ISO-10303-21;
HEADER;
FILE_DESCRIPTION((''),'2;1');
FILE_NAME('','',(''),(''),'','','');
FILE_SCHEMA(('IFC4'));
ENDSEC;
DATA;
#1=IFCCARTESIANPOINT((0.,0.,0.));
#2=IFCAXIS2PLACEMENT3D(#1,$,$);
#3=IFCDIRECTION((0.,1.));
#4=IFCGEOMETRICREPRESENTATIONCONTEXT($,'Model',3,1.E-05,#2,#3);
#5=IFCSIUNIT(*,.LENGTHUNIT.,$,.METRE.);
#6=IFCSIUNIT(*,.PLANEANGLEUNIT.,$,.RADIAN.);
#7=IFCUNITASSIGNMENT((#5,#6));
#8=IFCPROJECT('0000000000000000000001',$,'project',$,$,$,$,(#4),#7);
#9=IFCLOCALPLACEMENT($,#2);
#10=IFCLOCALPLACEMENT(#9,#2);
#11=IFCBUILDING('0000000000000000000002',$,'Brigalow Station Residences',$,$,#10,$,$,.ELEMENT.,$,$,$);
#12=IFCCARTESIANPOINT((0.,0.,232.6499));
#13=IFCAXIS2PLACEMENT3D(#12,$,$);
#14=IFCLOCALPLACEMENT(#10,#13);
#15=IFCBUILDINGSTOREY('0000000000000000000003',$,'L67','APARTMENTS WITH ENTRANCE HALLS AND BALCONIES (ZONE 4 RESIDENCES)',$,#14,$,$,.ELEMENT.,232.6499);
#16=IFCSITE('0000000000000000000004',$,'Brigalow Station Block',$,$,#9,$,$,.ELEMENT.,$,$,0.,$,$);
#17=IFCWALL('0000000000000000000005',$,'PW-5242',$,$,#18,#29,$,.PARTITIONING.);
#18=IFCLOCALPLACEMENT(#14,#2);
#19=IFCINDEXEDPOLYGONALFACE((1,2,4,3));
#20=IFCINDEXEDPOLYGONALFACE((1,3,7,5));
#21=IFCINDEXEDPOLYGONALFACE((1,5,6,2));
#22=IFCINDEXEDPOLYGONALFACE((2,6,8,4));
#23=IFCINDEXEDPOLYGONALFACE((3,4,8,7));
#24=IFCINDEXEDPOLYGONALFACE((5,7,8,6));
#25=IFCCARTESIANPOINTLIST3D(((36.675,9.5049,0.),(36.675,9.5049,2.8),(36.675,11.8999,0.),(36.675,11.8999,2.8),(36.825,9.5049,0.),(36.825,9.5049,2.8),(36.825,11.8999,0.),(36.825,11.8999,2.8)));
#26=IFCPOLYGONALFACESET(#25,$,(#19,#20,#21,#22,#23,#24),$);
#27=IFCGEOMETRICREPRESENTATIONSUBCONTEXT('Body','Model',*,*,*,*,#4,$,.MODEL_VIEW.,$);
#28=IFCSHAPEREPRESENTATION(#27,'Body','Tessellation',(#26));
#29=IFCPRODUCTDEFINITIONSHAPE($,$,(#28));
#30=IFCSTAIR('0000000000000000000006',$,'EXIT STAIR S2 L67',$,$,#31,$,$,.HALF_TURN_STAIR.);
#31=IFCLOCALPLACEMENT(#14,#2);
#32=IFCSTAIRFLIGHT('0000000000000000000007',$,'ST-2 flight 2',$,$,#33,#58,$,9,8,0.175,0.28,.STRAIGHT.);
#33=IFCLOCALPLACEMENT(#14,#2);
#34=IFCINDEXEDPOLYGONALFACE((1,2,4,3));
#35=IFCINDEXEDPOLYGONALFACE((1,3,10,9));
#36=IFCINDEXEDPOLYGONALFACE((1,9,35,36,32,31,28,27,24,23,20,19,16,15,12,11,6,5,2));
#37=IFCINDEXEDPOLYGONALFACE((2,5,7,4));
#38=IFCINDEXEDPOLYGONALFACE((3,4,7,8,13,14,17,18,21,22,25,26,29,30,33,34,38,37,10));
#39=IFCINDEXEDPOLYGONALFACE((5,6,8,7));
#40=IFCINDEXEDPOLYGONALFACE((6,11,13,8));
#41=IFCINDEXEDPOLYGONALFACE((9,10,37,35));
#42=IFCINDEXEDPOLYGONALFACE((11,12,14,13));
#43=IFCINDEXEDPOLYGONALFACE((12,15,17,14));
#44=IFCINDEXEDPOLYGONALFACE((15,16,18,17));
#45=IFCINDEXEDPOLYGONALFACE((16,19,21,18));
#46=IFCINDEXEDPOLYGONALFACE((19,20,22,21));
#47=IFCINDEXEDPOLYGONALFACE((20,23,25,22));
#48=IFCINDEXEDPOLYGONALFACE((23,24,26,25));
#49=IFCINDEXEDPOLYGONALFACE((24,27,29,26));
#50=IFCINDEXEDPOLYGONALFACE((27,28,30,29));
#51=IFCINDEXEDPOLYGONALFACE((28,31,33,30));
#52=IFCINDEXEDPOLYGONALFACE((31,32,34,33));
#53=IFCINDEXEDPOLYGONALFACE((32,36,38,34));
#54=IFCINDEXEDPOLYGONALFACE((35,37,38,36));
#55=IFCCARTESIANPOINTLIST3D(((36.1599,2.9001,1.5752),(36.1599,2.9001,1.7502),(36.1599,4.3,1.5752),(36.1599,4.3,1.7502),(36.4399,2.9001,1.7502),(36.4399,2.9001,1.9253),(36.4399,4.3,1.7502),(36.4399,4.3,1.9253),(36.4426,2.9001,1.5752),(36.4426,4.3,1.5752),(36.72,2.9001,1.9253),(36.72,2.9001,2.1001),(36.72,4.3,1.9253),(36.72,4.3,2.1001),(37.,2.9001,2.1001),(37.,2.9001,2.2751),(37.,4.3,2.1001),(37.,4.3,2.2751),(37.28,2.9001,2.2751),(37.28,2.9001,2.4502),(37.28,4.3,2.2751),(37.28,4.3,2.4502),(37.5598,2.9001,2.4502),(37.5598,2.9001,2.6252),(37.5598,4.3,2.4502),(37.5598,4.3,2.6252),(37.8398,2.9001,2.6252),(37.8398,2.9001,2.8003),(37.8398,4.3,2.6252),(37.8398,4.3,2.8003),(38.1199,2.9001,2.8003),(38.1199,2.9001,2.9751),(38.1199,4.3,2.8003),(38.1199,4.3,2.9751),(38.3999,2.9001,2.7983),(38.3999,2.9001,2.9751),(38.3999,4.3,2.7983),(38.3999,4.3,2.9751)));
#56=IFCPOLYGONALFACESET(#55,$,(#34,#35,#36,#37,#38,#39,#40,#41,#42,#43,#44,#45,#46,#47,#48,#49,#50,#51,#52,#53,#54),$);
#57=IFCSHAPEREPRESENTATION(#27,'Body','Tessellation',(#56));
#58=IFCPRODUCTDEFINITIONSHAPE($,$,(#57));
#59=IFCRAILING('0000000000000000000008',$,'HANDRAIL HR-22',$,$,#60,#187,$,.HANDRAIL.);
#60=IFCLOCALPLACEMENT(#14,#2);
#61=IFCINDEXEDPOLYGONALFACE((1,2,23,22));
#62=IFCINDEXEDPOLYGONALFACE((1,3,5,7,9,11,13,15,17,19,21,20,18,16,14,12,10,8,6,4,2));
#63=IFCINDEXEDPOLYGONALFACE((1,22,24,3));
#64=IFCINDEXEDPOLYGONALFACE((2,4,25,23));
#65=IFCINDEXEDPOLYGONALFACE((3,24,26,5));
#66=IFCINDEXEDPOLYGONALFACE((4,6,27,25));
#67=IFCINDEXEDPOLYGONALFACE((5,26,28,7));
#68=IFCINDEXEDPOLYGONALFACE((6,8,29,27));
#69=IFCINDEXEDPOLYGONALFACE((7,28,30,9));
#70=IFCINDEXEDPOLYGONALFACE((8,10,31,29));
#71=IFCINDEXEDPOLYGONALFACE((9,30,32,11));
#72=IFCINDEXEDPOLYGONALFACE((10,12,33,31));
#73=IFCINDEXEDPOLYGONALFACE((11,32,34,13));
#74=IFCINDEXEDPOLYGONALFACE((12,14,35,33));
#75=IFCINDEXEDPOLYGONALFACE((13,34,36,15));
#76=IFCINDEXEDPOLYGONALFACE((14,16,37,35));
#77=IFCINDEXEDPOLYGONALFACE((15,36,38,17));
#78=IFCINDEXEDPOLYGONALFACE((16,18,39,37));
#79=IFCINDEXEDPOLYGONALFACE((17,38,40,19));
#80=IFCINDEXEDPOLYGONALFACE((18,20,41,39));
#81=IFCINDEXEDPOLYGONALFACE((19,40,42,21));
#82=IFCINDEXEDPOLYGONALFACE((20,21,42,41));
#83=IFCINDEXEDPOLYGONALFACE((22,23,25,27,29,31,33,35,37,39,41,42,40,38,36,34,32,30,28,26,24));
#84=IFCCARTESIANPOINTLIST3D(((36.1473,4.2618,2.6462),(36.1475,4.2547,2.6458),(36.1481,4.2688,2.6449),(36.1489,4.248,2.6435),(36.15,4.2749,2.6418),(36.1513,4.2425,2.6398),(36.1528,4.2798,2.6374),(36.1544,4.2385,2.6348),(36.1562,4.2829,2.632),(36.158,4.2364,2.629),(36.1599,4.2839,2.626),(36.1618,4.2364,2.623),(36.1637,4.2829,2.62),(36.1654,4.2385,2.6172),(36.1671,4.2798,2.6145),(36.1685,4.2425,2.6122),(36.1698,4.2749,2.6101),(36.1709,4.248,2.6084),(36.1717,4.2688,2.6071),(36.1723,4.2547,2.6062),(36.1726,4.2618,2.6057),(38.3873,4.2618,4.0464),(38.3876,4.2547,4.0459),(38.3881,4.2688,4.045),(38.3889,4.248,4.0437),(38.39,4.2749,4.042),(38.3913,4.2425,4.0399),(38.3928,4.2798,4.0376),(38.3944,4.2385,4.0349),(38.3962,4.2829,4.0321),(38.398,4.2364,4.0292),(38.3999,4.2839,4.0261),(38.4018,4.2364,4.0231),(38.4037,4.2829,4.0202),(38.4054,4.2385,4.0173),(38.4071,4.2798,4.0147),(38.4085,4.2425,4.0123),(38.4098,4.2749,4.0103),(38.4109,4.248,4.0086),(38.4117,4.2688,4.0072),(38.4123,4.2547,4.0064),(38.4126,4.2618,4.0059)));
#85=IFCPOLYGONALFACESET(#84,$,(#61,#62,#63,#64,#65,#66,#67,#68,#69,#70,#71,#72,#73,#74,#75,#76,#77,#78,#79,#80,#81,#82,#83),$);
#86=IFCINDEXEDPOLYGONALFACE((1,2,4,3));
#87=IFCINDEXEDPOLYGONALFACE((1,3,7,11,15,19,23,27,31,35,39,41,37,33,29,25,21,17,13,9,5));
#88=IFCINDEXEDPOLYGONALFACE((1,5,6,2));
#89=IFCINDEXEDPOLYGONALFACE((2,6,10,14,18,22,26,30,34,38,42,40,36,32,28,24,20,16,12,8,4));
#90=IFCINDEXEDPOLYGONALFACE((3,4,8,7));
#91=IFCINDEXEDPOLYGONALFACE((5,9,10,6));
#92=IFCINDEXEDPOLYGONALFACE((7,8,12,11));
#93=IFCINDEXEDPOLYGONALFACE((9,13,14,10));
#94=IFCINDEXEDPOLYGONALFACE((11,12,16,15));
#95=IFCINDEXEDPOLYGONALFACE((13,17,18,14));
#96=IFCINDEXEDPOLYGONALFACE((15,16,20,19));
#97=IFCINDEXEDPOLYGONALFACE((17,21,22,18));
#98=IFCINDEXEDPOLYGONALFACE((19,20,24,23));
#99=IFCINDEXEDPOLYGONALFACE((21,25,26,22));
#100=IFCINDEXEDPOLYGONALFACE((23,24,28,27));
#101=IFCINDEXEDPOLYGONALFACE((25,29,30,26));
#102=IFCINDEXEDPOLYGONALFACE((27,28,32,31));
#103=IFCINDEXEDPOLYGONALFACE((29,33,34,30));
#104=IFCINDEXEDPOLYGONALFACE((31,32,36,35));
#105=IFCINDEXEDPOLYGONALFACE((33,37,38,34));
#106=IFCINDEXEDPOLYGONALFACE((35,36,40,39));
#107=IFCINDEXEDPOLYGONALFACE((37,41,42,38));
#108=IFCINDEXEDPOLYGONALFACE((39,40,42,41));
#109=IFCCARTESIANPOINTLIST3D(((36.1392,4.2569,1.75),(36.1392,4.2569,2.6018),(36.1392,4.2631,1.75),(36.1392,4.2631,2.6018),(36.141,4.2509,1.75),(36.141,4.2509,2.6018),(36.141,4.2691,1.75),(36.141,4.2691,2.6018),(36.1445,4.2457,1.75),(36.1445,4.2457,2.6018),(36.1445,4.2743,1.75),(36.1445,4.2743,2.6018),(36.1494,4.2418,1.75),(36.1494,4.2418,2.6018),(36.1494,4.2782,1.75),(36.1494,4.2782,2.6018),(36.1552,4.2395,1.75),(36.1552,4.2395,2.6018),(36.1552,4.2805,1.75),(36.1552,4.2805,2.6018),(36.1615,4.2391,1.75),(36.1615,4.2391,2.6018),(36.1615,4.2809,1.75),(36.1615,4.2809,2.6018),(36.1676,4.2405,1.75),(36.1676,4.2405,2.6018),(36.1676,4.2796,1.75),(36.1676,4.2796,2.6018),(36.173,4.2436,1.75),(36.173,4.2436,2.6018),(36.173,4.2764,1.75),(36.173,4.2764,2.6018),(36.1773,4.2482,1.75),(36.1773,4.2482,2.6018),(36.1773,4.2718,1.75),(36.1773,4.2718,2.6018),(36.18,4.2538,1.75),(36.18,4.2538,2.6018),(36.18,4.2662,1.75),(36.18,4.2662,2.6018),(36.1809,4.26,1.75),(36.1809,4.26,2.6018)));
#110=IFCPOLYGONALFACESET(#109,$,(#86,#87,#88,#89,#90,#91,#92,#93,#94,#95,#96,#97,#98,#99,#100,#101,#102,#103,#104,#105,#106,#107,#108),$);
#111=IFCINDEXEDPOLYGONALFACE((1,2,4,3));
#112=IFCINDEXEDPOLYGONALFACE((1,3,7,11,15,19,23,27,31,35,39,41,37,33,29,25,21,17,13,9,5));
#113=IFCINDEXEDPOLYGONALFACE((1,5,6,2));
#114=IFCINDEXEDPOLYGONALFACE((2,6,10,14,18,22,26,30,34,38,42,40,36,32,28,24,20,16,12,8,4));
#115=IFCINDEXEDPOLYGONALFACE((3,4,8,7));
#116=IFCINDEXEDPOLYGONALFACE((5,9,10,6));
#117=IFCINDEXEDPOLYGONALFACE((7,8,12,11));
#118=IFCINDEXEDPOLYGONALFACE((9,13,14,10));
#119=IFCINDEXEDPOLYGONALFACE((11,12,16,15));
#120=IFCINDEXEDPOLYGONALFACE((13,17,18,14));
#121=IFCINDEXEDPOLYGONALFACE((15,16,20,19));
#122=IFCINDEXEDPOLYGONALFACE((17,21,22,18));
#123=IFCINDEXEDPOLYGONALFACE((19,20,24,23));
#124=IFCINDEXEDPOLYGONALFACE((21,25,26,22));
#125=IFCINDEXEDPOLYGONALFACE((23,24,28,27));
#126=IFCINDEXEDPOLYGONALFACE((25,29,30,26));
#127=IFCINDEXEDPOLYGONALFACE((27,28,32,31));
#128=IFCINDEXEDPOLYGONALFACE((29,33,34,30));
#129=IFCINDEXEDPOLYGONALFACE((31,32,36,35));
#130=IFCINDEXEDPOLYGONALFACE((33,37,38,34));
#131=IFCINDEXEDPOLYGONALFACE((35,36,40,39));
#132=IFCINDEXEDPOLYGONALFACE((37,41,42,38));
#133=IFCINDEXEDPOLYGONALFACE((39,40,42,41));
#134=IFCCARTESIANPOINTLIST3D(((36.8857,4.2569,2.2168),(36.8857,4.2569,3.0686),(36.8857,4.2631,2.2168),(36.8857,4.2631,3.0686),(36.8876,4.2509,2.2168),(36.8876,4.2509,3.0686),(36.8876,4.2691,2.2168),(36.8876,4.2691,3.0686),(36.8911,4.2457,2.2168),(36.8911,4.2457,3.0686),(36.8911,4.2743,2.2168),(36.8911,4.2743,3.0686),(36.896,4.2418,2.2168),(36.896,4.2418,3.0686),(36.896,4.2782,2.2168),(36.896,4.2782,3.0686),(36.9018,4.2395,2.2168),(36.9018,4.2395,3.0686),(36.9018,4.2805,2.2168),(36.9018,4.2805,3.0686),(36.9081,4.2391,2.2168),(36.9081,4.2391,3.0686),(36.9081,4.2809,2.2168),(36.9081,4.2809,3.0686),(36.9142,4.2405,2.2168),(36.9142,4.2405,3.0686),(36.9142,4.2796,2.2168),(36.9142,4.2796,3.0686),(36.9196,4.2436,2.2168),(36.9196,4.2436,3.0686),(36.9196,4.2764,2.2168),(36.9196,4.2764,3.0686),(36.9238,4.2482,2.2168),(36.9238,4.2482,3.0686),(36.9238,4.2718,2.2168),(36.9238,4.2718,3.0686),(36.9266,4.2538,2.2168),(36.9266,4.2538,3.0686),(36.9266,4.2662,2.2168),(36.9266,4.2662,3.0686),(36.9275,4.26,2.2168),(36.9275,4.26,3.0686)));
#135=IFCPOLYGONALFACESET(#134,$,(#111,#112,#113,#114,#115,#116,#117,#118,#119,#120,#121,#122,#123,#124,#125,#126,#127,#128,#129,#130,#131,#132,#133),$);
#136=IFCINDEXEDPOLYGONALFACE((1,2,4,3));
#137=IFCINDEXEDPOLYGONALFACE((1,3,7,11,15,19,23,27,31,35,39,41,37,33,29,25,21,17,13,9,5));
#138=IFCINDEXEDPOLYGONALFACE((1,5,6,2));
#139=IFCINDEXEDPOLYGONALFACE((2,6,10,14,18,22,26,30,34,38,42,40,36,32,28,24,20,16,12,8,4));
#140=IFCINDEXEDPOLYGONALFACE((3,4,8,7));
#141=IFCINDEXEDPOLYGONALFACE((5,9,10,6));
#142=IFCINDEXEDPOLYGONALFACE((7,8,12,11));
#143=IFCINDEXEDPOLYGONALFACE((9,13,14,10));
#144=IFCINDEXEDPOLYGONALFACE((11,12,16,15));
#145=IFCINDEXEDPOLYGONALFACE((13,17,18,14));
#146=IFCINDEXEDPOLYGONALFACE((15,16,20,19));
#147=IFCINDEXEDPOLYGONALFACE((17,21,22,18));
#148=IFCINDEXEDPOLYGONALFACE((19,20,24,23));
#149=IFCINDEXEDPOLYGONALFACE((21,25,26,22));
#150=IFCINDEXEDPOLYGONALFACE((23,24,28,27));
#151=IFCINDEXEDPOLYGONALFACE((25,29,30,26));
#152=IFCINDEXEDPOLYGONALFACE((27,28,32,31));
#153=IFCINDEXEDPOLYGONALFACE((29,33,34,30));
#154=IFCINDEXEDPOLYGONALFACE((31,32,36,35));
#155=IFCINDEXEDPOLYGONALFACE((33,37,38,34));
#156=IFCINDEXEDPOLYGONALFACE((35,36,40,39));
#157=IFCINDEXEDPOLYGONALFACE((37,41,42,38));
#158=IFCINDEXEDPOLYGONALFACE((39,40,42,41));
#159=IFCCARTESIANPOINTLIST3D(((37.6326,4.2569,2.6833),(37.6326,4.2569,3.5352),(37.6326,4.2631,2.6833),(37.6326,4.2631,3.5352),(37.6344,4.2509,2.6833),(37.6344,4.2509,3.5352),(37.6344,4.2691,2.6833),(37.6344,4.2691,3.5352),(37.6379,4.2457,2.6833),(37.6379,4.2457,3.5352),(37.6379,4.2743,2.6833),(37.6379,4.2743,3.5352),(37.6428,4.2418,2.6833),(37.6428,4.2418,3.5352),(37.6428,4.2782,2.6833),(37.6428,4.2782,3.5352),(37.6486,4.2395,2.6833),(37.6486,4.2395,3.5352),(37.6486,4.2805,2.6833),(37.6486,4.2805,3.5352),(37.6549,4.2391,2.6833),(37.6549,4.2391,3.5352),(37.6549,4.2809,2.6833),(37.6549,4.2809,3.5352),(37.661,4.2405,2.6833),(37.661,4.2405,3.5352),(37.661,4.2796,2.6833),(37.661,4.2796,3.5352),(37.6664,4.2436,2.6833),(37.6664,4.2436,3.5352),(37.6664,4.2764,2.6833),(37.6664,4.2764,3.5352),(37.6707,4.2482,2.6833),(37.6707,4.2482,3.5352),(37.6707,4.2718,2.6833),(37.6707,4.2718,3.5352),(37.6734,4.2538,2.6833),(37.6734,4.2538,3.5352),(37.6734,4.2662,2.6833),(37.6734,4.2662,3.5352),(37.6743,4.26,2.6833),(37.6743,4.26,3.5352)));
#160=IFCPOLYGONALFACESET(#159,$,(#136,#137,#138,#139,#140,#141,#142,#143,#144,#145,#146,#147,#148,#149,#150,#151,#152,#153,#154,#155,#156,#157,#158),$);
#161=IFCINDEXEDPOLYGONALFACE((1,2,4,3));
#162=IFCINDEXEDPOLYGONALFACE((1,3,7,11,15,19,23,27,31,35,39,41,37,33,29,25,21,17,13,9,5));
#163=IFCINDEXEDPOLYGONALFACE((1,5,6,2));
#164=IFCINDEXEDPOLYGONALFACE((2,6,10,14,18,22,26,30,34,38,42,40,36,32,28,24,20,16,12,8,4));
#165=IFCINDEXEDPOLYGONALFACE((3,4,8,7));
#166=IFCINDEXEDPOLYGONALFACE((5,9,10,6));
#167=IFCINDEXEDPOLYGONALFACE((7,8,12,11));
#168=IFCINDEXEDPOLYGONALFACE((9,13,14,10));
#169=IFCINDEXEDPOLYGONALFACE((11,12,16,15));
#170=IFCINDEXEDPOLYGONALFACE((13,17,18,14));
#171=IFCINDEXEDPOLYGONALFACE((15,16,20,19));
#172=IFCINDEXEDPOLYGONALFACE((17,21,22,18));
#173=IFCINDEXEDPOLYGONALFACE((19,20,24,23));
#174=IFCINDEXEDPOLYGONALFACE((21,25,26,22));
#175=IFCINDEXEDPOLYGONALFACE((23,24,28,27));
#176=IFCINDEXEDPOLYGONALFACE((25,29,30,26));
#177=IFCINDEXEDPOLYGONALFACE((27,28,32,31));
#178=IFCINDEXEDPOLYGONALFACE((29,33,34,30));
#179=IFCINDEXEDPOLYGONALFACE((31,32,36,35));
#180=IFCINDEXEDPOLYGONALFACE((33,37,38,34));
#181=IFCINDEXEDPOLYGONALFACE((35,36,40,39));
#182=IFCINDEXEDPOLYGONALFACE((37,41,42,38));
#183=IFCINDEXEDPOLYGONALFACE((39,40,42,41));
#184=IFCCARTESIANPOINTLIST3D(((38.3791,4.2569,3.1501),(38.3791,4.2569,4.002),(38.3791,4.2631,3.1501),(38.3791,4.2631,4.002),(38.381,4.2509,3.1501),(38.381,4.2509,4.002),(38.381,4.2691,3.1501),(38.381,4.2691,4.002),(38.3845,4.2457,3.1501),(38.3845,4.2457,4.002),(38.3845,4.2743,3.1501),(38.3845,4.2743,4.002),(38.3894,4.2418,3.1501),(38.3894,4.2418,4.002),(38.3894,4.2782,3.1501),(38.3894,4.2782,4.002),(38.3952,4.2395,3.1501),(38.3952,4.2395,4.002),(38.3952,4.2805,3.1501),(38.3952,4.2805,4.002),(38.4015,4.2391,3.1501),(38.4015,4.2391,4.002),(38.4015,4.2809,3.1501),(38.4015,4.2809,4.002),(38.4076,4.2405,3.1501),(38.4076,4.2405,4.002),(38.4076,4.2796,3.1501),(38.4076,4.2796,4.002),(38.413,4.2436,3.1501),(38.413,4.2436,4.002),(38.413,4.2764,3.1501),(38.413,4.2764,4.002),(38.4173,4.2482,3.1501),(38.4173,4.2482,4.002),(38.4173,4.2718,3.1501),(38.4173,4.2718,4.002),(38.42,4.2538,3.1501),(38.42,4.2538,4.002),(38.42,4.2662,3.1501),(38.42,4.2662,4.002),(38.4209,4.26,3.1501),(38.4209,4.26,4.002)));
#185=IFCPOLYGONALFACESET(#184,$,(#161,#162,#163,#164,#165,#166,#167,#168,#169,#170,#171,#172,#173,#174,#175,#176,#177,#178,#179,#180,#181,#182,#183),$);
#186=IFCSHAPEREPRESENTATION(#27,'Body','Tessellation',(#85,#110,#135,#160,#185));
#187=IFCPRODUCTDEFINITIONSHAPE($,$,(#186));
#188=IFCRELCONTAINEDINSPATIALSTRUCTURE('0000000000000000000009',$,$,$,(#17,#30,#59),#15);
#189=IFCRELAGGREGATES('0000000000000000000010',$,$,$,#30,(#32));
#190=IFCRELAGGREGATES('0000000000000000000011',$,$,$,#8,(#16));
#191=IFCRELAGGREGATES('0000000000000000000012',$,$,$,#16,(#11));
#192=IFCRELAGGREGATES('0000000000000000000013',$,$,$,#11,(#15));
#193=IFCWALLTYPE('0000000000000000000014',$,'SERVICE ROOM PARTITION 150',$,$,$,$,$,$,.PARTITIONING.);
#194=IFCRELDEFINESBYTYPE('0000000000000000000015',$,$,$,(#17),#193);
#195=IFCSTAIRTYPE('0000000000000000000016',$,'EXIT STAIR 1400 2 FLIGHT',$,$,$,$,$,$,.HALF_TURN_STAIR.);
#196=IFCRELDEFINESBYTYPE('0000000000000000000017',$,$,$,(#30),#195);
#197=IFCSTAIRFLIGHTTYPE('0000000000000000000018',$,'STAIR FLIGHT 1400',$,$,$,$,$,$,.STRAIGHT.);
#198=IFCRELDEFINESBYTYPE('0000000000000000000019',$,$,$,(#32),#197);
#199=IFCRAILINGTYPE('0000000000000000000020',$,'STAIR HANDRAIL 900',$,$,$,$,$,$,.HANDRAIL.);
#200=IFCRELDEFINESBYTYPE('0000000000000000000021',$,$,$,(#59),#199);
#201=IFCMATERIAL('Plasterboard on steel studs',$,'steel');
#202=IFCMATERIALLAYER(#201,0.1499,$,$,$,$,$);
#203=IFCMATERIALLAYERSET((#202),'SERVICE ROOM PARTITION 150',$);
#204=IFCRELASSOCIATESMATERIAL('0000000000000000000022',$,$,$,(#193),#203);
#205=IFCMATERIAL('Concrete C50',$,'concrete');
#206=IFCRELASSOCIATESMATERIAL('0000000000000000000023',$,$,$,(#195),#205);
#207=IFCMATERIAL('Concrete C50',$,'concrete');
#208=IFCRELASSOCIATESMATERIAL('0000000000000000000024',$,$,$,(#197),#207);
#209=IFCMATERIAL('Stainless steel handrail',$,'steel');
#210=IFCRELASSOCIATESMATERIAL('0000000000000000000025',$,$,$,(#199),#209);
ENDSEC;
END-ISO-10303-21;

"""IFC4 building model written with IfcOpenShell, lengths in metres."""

from ifc_helpers import new_model, si_unit, direction, frame, frame_2d, origin, origin_2d, place, context, subcontext, project, spatial, polyline, rectangle, circle, outline, extrude, material, layer, layer_set, type_object, element, aggregate, save


model = new_model("IFC4")

# Units and contexts
model_context = context("Model", 3, precision=1e-05, world=origin(), true_north=direction((0.0, 1.0)))
body_context = subcontext(model_context, "Body", "Model", "MODEL_VIEW")
ifc_project = project(units=[si_unit("LENGTHUNIT", "METRE"), si_unit("PLANEANGLEUNIT", "RADIAN")], contexts=[model_context])

# Site, building, storey
site_placement = place(None, origin())
site = spatial("IfcSite", under=ifc_project, at=site_placement, Name="Brigalow Station Block", CompositionType="ELEMENT", RefElevation=0.0)
building_placement = place(site_placement, origin())
building = spatial("IfcBuilding", under=site, at=building_placement, Name="Brigalow Station Residences", CompositionType="ELEMENT")
storey_placement = place(building_placement, frame((0.0, 0.0, 232.6499)))
storey = spatial("IfcBuildingStorey", under=building, at=storey_placement, Name="L67", Description="APARTMENTS WITH ENTRANCE HALLS AND BALCONIES (ZONE 4 RESIDENCES)", CompositionType="ELEMENT", Elevation=232.6499)

# Wall
ifc_material_1 = material(Name="Plasterboard on steel studs", Category="steel")
ifc_layer_1 = layer(ifc_material_1, 0.1499)
ifc_layer_set_1 = layer_set([ifc_layer_1], Name="SERVICE ROOM PARTITION 150")
wall_type_1 = type_object("IfcWallType", Name="SERVICE ROOM PARTITION 150", PredefinedType="PARTITIONING", material=ifc_layer_set_1)
for number, where, z_axis, x_axis, name in (
    (1, (36.75, 9.5049, 0.0), (0.0, 0.0, 1.0), (0.0, 1.0, 0.0), "PW-5242"),
):
    element("IfcWall", number, at=place(storey_placement, frame(where, z_axis=z_axis, x_axis=x_axis)), inside=storey, type_object=wall_type_1, Name=name, PredefinedType="PARTITIONING", context=body_context, shape_type="SweptSolid", body=[
        extrude(rectangle(XDim=2.395, YDim=0.1499, at=frame_2d((1.1975, 0.0))), origin(), (0.0, 0.0, 1.0), 2.8),
    ])

# Stair, stair flight
ifc_material_2 = material(Name="Concrete C50", Category="concrete")
stair_type = type_object("IfcStairType", Name="EXIT STAIR 1400 2 FLIGHT", PredefinedType="HALF_TURN_STAIR", material=ifc_material_2)
stair_placement = place(storey_placement, origin())
stair = element("IfcStair", 2, at=stair_placement, inside=storey, type_object=stair_type, Name="EXIT STAIR S2 L67", PredefinedType="HALF_TURN_STAIR")
ifc_material_3 = material(Name="Concrete C50", Category="concrete")
stair_flight_type = type_object("IfcStairFlightType", Name="STAIR FLIGHT 1400", PredefinedType="STRAIGHT", material=ifc_material_3)
stair_flight_placement = place(storey_placement, frame((36.1599, 3.6001, 1.5752), z_axis=(0.0, 0.0, 1.0), x_axis=(1.0, 0.0, 0.0)))
stair_flight = element("IfcStairFlight", 3, at=stair_flight_placement, type_object=stair_flight_type, Name="ST-2 flight 2", NumberOfRisers=9, NumberOfTreads=8, PredefinedType="STRAIGHT", RiserHeight=0.175, TreadLength=0.28, context=body_context, shape_type="SweptSolid", body=[
    extrude(outline(polyline([(0.0, 0.0), (0.0, 0.175), (0.28, 0.175), (0.28, 0.3501), (0.5601, 0.3501), (0.5601, 0.5249), (0.8401, 0.5249), (0.8401, 0.7), (1.1201, 0.7), (1.1201, 0.875), (1.3999, 0.875), (1.3999, 1.05), (1.6799, 1.05), (1.6799, 1.2251), (1.96, 1.2251), (1.96, 1.3999), (2.24, 1.3999), (2.24, 1.575), (2.24, 1.2231), (0.2827, 0.0), (0.0, 0.0)])), frame((0.0, 0.7, 0.0), z_axis=(0.0, -1.0, 0.0), x_axis=(1.0, 0.0, 0.0)), (0.0, 0.0, 1.0), 1.3999),
])
aggregate(stair, [stair_flight])

# Railing
ifc_material_4 = material(Name="Stainless steel handrail", Category="steel")
railing_type = type_object("IfcRailingType", Name="STAIR HANDRAIL 900", PredefinedType="HANDRAIL", material=ifc_material_4)
railing_placement = place(storey_placement, frame((36.1599, 4.26, 1.75)))
element("IfcRailing", 4, at=railing_placement, inside=storey, type_object=railing_type, Name="HANDRAIL HR-22", PredefinedType="HANDRAIL", context=body_context, shape_type="SweptSolid", body=[
    extrude(circle(Radius=0.0239, at=origin_2d()), frame((0.0, 0.0, 0.876), z_axis=(0.847972, 0.0, 0.53004), x_axis=(0.0, 1.0, 0.0)), (0.0, 0.0, 1.0), 2.6416),
    extrude(circle(Radius=0.021, at=origin_2d()), origin(), (0.0, 0.0, 1.0), 0.8518),
    extrude(circle(Radius=0.021, at=origin_2d()), frame((0.7466, 0.0, 0.4668)), (0.0, 0.0, 1.0), 0.8518),
    extrude(circle(Radius=0.021, at=origin_2d()), frame((1.4934, 0.0, 0.9333)), (0.0, 0.0, 1.0), 0.8518),
    extrude(circle(Radius=0.021, at=origin_2d()), frame((2.24, 0.0, 1.4001)), (0.0, 0.0, 1.0), 0.8518),
])

save(model, "model.ifc")
